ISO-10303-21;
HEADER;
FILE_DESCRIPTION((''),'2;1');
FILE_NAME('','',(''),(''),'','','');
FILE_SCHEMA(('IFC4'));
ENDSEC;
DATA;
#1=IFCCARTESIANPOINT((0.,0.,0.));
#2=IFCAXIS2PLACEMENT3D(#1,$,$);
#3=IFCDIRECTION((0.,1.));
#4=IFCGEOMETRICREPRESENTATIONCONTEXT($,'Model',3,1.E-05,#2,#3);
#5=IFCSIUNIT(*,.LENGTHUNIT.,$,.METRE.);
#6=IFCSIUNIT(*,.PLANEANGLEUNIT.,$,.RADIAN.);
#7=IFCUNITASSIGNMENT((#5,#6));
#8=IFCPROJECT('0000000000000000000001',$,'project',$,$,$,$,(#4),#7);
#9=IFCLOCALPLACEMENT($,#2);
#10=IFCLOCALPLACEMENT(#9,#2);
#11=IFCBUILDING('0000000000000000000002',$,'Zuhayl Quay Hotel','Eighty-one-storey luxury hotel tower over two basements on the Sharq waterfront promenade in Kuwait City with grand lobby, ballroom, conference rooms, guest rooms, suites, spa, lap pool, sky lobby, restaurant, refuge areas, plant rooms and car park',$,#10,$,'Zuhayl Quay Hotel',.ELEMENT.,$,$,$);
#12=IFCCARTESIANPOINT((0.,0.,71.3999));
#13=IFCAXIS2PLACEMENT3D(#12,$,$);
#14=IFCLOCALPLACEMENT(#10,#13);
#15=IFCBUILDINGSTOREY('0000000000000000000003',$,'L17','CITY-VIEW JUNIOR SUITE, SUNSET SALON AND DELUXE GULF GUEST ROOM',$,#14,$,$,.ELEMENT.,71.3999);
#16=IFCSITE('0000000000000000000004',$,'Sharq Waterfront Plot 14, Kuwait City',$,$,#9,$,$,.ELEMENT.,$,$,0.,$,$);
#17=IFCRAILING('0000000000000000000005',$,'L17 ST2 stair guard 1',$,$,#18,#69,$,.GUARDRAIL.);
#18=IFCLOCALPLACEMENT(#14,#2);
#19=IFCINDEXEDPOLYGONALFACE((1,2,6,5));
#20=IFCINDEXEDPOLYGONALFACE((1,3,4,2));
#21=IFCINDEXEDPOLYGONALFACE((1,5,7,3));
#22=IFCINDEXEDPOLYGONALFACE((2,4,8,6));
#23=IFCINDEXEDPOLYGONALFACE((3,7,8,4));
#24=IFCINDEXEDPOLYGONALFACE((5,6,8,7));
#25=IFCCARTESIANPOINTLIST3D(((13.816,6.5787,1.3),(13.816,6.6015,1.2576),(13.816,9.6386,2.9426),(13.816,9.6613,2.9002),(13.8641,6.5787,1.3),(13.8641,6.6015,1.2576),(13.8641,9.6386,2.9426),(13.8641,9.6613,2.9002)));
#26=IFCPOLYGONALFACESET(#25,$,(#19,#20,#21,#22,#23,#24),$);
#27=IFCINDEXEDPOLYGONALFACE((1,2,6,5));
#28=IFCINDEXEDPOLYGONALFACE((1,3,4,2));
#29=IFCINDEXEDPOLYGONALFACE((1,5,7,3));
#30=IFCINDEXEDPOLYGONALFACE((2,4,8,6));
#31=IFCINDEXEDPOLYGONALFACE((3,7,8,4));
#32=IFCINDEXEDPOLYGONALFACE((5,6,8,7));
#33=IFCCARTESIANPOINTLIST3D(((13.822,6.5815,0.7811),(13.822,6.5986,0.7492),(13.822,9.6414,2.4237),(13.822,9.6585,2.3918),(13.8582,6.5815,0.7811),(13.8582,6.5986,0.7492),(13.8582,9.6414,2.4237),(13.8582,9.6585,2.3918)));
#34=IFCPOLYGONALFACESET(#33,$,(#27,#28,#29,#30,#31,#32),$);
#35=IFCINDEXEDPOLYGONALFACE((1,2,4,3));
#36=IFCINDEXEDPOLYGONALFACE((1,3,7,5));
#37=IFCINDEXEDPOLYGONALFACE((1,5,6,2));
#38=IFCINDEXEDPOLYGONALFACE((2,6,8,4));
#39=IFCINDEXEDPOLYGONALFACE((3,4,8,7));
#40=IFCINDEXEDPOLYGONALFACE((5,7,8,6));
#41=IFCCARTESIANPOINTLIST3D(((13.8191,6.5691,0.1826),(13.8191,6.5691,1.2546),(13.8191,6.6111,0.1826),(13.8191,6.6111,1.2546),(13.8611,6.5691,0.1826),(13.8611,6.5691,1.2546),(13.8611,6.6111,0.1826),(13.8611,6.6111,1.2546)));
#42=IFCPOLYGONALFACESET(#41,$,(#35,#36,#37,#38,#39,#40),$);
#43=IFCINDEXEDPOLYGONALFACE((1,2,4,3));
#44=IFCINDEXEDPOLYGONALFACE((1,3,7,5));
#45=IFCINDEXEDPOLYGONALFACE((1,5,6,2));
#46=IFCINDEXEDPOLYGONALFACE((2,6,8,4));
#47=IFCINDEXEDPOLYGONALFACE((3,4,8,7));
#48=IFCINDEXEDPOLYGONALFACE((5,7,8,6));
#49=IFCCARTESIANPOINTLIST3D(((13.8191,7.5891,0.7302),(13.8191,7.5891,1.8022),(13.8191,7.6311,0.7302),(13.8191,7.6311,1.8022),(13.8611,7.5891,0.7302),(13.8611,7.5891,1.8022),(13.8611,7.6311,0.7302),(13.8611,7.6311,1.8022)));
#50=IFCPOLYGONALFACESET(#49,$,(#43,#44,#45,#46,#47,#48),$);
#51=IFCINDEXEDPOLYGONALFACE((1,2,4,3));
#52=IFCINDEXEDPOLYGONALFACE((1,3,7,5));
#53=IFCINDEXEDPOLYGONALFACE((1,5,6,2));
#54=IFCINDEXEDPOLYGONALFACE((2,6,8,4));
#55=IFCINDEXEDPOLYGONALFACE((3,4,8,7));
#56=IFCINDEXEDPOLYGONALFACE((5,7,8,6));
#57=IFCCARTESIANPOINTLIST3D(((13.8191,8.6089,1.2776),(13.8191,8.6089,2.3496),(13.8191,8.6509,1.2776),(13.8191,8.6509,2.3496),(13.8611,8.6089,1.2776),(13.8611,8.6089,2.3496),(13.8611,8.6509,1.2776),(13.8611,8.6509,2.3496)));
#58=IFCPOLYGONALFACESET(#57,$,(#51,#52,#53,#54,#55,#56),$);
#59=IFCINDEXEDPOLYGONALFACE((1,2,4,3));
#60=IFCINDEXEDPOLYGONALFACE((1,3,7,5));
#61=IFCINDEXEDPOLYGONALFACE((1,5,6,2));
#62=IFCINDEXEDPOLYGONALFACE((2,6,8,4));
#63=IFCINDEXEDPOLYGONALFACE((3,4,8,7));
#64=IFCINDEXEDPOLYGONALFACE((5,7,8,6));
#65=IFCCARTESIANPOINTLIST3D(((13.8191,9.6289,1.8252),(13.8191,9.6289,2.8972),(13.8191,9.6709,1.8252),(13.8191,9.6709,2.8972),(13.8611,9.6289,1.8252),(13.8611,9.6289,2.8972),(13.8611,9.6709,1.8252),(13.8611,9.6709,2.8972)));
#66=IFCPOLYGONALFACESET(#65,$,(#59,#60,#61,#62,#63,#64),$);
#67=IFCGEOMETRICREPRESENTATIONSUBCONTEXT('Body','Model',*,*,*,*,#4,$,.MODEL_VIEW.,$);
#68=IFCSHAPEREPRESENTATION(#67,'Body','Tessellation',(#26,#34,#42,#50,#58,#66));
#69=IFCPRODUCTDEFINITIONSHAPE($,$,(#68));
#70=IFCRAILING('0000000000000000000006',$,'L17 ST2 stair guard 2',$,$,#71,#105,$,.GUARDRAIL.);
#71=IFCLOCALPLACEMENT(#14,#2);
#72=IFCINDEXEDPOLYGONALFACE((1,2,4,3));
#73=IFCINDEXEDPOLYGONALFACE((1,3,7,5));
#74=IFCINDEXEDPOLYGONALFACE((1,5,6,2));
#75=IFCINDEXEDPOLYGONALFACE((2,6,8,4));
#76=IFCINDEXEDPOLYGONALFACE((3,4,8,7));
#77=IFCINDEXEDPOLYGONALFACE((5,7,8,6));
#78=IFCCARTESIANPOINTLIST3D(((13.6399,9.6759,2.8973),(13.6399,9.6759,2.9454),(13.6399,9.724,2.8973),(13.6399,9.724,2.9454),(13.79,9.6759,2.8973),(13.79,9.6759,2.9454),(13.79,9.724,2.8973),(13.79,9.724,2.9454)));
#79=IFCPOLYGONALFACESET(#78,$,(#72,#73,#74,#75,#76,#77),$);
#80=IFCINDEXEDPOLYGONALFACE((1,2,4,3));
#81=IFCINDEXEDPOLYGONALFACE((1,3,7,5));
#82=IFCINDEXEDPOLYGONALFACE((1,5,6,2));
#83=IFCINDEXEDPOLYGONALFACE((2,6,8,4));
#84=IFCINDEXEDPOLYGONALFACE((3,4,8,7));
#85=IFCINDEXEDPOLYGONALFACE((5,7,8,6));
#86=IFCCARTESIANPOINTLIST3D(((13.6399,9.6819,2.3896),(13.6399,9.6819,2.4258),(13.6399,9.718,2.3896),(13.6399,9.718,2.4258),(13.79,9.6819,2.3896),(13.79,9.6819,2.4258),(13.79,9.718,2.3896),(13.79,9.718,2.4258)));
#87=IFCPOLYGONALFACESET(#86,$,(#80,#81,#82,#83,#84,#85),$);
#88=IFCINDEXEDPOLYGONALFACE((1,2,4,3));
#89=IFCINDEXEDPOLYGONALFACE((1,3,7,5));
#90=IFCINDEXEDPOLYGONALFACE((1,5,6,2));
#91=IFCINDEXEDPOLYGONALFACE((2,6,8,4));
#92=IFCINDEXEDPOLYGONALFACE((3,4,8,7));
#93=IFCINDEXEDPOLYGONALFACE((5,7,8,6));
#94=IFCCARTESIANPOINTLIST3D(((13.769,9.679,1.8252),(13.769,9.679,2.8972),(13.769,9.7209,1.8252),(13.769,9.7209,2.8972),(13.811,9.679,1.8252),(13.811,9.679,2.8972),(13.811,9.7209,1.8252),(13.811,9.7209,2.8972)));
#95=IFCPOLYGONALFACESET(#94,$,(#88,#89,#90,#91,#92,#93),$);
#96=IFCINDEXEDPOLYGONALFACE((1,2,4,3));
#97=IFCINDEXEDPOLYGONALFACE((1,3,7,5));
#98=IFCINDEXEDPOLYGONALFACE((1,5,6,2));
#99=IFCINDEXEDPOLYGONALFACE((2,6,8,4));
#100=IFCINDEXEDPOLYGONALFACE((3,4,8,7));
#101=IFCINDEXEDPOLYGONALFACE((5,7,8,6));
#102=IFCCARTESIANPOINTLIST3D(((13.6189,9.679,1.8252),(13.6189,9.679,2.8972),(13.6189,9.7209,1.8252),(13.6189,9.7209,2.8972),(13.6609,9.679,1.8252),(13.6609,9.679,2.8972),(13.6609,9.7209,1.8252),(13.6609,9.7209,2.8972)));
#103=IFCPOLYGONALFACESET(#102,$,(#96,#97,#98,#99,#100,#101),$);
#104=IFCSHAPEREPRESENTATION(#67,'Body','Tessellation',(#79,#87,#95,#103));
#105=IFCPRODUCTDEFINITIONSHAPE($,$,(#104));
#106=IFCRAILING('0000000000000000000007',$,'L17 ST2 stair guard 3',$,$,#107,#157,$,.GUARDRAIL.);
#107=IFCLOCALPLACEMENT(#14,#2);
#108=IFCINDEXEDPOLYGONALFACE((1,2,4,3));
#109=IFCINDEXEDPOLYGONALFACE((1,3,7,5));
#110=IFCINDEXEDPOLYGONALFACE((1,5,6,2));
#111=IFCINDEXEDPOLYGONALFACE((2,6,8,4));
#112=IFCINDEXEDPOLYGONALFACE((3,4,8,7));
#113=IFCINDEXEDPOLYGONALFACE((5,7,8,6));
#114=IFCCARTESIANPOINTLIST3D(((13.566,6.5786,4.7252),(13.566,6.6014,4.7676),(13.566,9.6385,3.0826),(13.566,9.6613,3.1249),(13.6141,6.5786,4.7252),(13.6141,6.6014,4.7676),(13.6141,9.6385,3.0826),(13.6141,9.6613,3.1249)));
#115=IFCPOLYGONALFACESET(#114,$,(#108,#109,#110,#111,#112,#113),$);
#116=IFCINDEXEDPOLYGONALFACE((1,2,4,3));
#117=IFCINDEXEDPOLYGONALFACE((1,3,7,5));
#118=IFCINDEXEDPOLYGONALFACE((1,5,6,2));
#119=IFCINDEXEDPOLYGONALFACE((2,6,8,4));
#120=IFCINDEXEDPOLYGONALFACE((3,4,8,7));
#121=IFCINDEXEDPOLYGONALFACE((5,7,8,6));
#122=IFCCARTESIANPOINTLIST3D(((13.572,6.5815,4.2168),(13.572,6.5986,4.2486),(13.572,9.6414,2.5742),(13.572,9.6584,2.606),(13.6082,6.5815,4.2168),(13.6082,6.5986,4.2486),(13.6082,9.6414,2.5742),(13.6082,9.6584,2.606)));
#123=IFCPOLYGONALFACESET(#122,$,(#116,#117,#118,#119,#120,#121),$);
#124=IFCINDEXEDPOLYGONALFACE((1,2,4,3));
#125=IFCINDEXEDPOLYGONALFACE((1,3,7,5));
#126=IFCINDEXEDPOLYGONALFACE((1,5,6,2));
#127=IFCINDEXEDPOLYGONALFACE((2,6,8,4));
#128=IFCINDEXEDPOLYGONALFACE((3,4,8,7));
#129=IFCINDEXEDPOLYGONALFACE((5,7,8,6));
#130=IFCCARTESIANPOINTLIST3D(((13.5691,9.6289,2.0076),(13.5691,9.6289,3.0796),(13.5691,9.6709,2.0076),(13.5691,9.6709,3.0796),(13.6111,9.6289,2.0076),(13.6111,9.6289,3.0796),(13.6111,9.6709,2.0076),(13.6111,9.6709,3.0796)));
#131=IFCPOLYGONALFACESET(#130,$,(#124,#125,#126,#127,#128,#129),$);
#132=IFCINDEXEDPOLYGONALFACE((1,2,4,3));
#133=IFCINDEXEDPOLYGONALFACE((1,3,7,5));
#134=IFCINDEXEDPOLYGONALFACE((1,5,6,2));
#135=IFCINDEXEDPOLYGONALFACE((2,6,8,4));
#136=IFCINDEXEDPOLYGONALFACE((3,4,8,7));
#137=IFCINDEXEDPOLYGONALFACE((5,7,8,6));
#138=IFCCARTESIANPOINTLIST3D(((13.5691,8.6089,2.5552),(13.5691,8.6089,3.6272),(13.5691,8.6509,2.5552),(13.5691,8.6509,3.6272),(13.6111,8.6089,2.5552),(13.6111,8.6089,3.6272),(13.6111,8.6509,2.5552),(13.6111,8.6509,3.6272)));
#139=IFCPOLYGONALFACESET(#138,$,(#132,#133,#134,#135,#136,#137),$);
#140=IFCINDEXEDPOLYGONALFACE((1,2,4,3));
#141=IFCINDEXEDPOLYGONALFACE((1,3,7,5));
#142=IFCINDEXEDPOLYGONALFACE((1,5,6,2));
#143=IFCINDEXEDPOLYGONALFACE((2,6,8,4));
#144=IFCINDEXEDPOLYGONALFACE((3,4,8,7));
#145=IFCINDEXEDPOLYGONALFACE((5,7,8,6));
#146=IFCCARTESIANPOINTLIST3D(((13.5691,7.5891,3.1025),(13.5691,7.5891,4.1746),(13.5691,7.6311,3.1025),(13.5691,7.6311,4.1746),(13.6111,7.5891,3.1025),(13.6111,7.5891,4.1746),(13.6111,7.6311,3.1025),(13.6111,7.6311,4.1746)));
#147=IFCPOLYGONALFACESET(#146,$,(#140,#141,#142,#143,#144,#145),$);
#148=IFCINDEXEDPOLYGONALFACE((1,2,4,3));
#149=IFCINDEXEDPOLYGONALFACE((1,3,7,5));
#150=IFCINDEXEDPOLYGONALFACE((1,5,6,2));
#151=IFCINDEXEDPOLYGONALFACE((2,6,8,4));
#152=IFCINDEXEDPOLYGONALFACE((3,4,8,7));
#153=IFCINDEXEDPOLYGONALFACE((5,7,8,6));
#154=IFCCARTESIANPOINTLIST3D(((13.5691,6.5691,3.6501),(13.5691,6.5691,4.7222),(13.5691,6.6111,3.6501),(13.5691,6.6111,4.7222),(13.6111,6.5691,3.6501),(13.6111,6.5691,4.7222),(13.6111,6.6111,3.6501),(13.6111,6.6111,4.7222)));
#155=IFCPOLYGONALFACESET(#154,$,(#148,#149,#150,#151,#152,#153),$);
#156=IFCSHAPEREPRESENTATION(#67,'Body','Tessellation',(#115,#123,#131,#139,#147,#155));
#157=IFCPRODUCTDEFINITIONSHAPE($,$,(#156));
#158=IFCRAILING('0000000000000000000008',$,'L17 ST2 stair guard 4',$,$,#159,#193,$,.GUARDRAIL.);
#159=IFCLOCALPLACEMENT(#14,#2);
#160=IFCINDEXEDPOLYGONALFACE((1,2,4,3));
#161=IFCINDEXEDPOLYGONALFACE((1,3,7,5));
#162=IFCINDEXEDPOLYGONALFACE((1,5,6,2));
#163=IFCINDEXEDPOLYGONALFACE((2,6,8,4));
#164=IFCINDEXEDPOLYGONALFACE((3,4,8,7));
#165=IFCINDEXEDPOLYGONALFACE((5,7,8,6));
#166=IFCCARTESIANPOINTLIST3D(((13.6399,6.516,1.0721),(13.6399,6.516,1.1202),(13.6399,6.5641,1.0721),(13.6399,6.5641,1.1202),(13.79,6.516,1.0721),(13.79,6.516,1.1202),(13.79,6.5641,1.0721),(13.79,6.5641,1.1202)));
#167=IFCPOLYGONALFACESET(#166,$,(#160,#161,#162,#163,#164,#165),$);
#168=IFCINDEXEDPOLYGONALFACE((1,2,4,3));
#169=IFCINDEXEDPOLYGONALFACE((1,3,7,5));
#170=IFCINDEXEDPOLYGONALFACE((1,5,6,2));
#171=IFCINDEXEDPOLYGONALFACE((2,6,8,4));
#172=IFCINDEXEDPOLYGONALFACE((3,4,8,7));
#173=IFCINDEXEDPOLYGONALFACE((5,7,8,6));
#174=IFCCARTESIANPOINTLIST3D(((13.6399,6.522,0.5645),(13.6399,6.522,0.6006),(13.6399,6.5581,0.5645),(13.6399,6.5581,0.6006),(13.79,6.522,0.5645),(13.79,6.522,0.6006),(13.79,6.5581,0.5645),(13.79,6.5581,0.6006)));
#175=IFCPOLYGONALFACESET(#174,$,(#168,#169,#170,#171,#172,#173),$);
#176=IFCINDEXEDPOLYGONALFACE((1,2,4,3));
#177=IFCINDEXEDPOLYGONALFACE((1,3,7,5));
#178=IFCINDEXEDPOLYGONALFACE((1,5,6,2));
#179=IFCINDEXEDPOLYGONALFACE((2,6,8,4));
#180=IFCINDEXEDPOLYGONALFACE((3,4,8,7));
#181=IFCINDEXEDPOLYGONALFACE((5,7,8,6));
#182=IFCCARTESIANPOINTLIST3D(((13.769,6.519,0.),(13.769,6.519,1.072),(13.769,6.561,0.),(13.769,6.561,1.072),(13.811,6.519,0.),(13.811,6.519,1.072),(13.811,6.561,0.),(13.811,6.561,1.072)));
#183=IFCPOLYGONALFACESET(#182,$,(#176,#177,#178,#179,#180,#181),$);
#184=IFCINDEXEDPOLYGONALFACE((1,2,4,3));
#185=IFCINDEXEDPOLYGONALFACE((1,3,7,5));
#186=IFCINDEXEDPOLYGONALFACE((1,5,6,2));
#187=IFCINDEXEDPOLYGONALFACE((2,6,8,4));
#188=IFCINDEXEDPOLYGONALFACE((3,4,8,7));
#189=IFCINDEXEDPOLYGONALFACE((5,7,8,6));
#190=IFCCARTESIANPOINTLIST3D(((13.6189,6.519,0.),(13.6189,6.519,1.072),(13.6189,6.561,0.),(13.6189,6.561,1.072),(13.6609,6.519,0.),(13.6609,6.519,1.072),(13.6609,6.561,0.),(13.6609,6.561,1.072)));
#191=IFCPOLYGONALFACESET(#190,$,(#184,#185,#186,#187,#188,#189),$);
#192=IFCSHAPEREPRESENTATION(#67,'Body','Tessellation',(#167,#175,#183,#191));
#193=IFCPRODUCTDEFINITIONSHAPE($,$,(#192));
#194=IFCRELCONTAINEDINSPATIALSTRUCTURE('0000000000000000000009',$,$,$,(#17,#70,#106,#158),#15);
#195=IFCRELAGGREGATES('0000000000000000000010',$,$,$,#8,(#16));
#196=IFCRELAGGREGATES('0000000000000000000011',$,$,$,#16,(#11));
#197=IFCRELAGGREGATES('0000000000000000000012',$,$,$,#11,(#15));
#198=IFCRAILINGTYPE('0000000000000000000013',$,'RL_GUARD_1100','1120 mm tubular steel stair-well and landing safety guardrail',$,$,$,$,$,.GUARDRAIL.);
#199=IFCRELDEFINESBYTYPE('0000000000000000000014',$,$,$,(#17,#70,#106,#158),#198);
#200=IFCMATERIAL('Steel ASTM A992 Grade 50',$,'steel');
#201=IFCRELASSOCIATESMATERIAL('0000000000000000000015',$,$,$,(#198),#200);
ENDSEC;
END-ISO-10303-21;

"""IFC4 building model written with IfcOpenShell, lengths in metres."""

from ifc_helpers import new_model, si_unit, direction, frame, origin, origin_2d, place, context, subcontext, project, spatial, rectangle, extrude, material, type_object, element, save


model = new_model("IFC4")

# Units and contexts
model_context = context("Model", 3, precision=1e-05, world=origin(), true_north=direction((0.0, 1.0)))
body_context = subcontext(model_context, "Body", "Model", "MODEL_VIEW")
ifc_project = project(units=[si_unit("LENGTHUNIT", "METRE"), si_unit("PLANEANGLEUNIT", "RADIAN")], contexts=[model_context])

# Site, building, storey
site_placement = place(None, origin())
site = spatial("IfcSite", under=ifc_project, at=site_placement, Name="Sharq Waterfront Plot 14, Kuwait City", CompositionType="ELEMENT", RefElevation=0.0)
building_placement = place(site_placement, origin())
building = spatial("IfcBuilding", under=site, at=building_placement, Name="Zuhayl Quay Hotel", Description="Eighty-one-storey luxury hotel tower over two basements on the Sharq waterfront promenade in Kuwait City with grand lobby, ballroom, conference rooms, guest rooms, suites, spa, lap pool, sky lobby, restaurant, refuge areas, plant rooms and car park", LongName="Zuhayl Quay Hotel", CompositionType="ELEMENT")
storey_placement = place(building_placement, frame((0.0, 0.0, 71.3999)))
storey = spatial("IfcBuildingStorey", under=building, at=storey_placement, Name="L17", Description="CITY-VIEW JUNIOR SUITE, SUNSET SALON AND DELUXE GULF GUEST ROOM", CompositionType="ELEMENT", Elevation=71.3999)

# Shared definitions
ifc_material_1 = material(Name="Steel ASTM A992 Grade 50", Category="steel")

# Railings
railing_type_1 = type_object("IfcRailingType", Name="RL_GUARD_1100", Description="1120 mm tubular steel stair-well and landing safety guardrail", PredefinedType="GUARDRAIL", material=ifc_material_1)
railing_1_placement = place(storey_placement, frame((13.8401, 6.5901, 0.1826)))
element("IfcRailing", 1, at=railing_1_placement, inside=storey, type_object=railing_type_1, Name="L17 ST2 stair guard 1", PredefinedType="GUARDRAIL", context=body_context, shape_type="SweptSolid", body=[
    extrude(rectangle(XDim=0.0481, YDim=0.0481, at=origin_2d()), frame((0.0, 0.0, 1.0962), z_axis=(0.0, 0.881073, 0.47298), x_axis=(-1.0, 0.0, 0.0)), (0.0, 0.0, 1.0), 3.4729),
    extrude(rectangle(XDim=0.0361, YDim=0.0361, at=origin_2d()), frame((0.0, 0.0, 0.5825), z_axis=(0.0, 0.881073, 0.47298), x_axis=(-1.0, 0.0, 0.0)), (0.0, 0.0, 1.0), 3.4729),
    extrude(rectangle(XDim=0.042, YDim=0.042, at=origin_2d()), origin(), (0.0, 0.0, 1.0), 1.072),
    extrude(rectangle(XDim=0.042, YDim=0.042, at=origin_2d()), frame((0.0, 1.02, 0.5476)), (0.0, 0.0, 1.0), 1.072),
    extrude(rectangle(XDim=0.042, YDim=0.042, at=origin_2d()), frame((0.0, 2.0398, 1.095)), (0.0, 0.0, 1.0), 1.072),
    extrude(rectangle(XDim=0.042, YDim=0.042, at=origin_2d()), frame((0.0, 3.0598, 1.6426)), (0.0, 0.0, 1.0), 1.072),
])
railing_2_placement = place(storey_placement, frame((13.79, 9.7, 1.8252)))
element("IfcRailing", 2, at=railing_2_placement, inside=storey, type_object=railing_type_1, Name="L17 ST2 stair guard 2", PredefinedType="GUARDRAIL", context=body_context, shape_type="SweptSolid", body=[
    extrude(rectangle(XDim=0.0481, YDim=0.0481, at=origin_2d()), frame((0.0, 0.0, 1.0962), z_axis=(-1.0, 0.0, 0.0), x_axis=(0.0, -1.0, 0.0)), (0.0, 0.0, 1.0), 0.1501),
    extrude(rectangle(XDim=0.0361, YDim=0.0361, at=origin_2d()), frame((0.0, 0.0, 0.5825), z_axis=(-1.0, 0.0, 0.0), x_axis=(0.0, -1.0, 0.0)), (0.0, 0.0, 1.0), 0.1501),
    extrude(rectangle(XDim=0.042, YDim=0.042, at=origin_2d()), origin(), (0.0, 0.0, 1.0), 1.072),
    extrude(rectangle(XDim=0.042, YDim=0.042, at=origin_2d()), frame((-0.1501, 0.0, 0.0)), (0.0, 0.0, 1.0), 1.072),
])
railing_3_placement = place(storey_placement, frame((13.5901, 9.6499, 2.0076)))
element("IfcRailing", 3, at=railing_3_placement, inside=storey, type_object=railing_type_1, Name="L17 ST2 stair guard 3", PredefinedType="GUARDRAIL", context=body_context, shape_type="SweptSolid", body=[
    extrude(rectangle(XDim=0.0481, YDim=0.0481, at=origin_2d()), frame((0.0, 0.0, 1.0962), z_axis=(0.0, -0.881073, 0.47298), x_axis=(1.0, 0.0, 0.0)), (0.0, 0.0, 1.0), 3.4729),
    extrude(rectangle(XDim=0.0361, YDim=0.0361, at=origin_2d()), frame((0.0, 0.0, 0.5825), z_axis=(0.0, -0.881073, 0.47298), x_axis=(1.0, 0.0, 0.0)), (0.0, 0.0, 1.0), 3.4729),
    extrude(rectangle(XDim=0.042, YDim=0.042, at=origin_2d()), origin(), (0.0, 0.0, 1.0), 1.072),
    extrude(rectangle(XDim=0.042, YDim=0.042, at=origin_2d()), frame((0.0, -1.02, 0.5476)), (0.0, 0.0, 1.0), 1.072),
    extrude(rectangle(XDim=0.042, YDim=0.042, at=origin_2d()), frame((0.0, -2.0398, 1.095)), (0.0, 0.0, 1.0), 1.072),
    extrude(rectangle(XDim=0.042, YDim=0.042, at=origin_2d()), frame((0.0, -3.0598, 1.6426)), (0.0, 0.0, 1.0), 1.072),
])
railing_4_placement = place(storey_placement, frame((13.79, 6.54, 0.0)))
element("IfcRailing", 4, at=railing_4_placement, inside=storey, type_object=railing_type_1, Name="L17 ST2 stair guard 4", PredefinedType="GUARDRAIL", context=body_context, shape_type="SweptSolid", body=[
    extrude(rectangle(XDim=0.0481, YDim=0.0481, at=origin_2d()), frame((0.0, 0.0, 1.0962), z_axis=(-1.0, 0.0, 0.0), x_axis=(0.0, -1.0, 0.0)), (0.0, 0.0, 1.0), 0.1501),
    extrude(rectangle(XDim=0.0361, YDim=0.0361, at=origin_2d()), frame((0.0, 0.0, 0.5825), z_axis=(-1.0, 0.0, 0.0), x_axis=(0.0, -1.0, 0.0)), (0.0, 0.0, 1.0), 0.1501),
    extrude(rectangle(XDim=0.042, YDim=0.042, at=origin_2d()), origin(), (0.0, 0.0, 1.0), 1.072),
    extrude(rectangle(XDim=0.042, YDim=0.042, at=origin_2d()), frame((-0.1501, 0.0, 0.0)), (0.0, 0.0, 1.0), 1.072),
])

save(model, "model.ifc")
